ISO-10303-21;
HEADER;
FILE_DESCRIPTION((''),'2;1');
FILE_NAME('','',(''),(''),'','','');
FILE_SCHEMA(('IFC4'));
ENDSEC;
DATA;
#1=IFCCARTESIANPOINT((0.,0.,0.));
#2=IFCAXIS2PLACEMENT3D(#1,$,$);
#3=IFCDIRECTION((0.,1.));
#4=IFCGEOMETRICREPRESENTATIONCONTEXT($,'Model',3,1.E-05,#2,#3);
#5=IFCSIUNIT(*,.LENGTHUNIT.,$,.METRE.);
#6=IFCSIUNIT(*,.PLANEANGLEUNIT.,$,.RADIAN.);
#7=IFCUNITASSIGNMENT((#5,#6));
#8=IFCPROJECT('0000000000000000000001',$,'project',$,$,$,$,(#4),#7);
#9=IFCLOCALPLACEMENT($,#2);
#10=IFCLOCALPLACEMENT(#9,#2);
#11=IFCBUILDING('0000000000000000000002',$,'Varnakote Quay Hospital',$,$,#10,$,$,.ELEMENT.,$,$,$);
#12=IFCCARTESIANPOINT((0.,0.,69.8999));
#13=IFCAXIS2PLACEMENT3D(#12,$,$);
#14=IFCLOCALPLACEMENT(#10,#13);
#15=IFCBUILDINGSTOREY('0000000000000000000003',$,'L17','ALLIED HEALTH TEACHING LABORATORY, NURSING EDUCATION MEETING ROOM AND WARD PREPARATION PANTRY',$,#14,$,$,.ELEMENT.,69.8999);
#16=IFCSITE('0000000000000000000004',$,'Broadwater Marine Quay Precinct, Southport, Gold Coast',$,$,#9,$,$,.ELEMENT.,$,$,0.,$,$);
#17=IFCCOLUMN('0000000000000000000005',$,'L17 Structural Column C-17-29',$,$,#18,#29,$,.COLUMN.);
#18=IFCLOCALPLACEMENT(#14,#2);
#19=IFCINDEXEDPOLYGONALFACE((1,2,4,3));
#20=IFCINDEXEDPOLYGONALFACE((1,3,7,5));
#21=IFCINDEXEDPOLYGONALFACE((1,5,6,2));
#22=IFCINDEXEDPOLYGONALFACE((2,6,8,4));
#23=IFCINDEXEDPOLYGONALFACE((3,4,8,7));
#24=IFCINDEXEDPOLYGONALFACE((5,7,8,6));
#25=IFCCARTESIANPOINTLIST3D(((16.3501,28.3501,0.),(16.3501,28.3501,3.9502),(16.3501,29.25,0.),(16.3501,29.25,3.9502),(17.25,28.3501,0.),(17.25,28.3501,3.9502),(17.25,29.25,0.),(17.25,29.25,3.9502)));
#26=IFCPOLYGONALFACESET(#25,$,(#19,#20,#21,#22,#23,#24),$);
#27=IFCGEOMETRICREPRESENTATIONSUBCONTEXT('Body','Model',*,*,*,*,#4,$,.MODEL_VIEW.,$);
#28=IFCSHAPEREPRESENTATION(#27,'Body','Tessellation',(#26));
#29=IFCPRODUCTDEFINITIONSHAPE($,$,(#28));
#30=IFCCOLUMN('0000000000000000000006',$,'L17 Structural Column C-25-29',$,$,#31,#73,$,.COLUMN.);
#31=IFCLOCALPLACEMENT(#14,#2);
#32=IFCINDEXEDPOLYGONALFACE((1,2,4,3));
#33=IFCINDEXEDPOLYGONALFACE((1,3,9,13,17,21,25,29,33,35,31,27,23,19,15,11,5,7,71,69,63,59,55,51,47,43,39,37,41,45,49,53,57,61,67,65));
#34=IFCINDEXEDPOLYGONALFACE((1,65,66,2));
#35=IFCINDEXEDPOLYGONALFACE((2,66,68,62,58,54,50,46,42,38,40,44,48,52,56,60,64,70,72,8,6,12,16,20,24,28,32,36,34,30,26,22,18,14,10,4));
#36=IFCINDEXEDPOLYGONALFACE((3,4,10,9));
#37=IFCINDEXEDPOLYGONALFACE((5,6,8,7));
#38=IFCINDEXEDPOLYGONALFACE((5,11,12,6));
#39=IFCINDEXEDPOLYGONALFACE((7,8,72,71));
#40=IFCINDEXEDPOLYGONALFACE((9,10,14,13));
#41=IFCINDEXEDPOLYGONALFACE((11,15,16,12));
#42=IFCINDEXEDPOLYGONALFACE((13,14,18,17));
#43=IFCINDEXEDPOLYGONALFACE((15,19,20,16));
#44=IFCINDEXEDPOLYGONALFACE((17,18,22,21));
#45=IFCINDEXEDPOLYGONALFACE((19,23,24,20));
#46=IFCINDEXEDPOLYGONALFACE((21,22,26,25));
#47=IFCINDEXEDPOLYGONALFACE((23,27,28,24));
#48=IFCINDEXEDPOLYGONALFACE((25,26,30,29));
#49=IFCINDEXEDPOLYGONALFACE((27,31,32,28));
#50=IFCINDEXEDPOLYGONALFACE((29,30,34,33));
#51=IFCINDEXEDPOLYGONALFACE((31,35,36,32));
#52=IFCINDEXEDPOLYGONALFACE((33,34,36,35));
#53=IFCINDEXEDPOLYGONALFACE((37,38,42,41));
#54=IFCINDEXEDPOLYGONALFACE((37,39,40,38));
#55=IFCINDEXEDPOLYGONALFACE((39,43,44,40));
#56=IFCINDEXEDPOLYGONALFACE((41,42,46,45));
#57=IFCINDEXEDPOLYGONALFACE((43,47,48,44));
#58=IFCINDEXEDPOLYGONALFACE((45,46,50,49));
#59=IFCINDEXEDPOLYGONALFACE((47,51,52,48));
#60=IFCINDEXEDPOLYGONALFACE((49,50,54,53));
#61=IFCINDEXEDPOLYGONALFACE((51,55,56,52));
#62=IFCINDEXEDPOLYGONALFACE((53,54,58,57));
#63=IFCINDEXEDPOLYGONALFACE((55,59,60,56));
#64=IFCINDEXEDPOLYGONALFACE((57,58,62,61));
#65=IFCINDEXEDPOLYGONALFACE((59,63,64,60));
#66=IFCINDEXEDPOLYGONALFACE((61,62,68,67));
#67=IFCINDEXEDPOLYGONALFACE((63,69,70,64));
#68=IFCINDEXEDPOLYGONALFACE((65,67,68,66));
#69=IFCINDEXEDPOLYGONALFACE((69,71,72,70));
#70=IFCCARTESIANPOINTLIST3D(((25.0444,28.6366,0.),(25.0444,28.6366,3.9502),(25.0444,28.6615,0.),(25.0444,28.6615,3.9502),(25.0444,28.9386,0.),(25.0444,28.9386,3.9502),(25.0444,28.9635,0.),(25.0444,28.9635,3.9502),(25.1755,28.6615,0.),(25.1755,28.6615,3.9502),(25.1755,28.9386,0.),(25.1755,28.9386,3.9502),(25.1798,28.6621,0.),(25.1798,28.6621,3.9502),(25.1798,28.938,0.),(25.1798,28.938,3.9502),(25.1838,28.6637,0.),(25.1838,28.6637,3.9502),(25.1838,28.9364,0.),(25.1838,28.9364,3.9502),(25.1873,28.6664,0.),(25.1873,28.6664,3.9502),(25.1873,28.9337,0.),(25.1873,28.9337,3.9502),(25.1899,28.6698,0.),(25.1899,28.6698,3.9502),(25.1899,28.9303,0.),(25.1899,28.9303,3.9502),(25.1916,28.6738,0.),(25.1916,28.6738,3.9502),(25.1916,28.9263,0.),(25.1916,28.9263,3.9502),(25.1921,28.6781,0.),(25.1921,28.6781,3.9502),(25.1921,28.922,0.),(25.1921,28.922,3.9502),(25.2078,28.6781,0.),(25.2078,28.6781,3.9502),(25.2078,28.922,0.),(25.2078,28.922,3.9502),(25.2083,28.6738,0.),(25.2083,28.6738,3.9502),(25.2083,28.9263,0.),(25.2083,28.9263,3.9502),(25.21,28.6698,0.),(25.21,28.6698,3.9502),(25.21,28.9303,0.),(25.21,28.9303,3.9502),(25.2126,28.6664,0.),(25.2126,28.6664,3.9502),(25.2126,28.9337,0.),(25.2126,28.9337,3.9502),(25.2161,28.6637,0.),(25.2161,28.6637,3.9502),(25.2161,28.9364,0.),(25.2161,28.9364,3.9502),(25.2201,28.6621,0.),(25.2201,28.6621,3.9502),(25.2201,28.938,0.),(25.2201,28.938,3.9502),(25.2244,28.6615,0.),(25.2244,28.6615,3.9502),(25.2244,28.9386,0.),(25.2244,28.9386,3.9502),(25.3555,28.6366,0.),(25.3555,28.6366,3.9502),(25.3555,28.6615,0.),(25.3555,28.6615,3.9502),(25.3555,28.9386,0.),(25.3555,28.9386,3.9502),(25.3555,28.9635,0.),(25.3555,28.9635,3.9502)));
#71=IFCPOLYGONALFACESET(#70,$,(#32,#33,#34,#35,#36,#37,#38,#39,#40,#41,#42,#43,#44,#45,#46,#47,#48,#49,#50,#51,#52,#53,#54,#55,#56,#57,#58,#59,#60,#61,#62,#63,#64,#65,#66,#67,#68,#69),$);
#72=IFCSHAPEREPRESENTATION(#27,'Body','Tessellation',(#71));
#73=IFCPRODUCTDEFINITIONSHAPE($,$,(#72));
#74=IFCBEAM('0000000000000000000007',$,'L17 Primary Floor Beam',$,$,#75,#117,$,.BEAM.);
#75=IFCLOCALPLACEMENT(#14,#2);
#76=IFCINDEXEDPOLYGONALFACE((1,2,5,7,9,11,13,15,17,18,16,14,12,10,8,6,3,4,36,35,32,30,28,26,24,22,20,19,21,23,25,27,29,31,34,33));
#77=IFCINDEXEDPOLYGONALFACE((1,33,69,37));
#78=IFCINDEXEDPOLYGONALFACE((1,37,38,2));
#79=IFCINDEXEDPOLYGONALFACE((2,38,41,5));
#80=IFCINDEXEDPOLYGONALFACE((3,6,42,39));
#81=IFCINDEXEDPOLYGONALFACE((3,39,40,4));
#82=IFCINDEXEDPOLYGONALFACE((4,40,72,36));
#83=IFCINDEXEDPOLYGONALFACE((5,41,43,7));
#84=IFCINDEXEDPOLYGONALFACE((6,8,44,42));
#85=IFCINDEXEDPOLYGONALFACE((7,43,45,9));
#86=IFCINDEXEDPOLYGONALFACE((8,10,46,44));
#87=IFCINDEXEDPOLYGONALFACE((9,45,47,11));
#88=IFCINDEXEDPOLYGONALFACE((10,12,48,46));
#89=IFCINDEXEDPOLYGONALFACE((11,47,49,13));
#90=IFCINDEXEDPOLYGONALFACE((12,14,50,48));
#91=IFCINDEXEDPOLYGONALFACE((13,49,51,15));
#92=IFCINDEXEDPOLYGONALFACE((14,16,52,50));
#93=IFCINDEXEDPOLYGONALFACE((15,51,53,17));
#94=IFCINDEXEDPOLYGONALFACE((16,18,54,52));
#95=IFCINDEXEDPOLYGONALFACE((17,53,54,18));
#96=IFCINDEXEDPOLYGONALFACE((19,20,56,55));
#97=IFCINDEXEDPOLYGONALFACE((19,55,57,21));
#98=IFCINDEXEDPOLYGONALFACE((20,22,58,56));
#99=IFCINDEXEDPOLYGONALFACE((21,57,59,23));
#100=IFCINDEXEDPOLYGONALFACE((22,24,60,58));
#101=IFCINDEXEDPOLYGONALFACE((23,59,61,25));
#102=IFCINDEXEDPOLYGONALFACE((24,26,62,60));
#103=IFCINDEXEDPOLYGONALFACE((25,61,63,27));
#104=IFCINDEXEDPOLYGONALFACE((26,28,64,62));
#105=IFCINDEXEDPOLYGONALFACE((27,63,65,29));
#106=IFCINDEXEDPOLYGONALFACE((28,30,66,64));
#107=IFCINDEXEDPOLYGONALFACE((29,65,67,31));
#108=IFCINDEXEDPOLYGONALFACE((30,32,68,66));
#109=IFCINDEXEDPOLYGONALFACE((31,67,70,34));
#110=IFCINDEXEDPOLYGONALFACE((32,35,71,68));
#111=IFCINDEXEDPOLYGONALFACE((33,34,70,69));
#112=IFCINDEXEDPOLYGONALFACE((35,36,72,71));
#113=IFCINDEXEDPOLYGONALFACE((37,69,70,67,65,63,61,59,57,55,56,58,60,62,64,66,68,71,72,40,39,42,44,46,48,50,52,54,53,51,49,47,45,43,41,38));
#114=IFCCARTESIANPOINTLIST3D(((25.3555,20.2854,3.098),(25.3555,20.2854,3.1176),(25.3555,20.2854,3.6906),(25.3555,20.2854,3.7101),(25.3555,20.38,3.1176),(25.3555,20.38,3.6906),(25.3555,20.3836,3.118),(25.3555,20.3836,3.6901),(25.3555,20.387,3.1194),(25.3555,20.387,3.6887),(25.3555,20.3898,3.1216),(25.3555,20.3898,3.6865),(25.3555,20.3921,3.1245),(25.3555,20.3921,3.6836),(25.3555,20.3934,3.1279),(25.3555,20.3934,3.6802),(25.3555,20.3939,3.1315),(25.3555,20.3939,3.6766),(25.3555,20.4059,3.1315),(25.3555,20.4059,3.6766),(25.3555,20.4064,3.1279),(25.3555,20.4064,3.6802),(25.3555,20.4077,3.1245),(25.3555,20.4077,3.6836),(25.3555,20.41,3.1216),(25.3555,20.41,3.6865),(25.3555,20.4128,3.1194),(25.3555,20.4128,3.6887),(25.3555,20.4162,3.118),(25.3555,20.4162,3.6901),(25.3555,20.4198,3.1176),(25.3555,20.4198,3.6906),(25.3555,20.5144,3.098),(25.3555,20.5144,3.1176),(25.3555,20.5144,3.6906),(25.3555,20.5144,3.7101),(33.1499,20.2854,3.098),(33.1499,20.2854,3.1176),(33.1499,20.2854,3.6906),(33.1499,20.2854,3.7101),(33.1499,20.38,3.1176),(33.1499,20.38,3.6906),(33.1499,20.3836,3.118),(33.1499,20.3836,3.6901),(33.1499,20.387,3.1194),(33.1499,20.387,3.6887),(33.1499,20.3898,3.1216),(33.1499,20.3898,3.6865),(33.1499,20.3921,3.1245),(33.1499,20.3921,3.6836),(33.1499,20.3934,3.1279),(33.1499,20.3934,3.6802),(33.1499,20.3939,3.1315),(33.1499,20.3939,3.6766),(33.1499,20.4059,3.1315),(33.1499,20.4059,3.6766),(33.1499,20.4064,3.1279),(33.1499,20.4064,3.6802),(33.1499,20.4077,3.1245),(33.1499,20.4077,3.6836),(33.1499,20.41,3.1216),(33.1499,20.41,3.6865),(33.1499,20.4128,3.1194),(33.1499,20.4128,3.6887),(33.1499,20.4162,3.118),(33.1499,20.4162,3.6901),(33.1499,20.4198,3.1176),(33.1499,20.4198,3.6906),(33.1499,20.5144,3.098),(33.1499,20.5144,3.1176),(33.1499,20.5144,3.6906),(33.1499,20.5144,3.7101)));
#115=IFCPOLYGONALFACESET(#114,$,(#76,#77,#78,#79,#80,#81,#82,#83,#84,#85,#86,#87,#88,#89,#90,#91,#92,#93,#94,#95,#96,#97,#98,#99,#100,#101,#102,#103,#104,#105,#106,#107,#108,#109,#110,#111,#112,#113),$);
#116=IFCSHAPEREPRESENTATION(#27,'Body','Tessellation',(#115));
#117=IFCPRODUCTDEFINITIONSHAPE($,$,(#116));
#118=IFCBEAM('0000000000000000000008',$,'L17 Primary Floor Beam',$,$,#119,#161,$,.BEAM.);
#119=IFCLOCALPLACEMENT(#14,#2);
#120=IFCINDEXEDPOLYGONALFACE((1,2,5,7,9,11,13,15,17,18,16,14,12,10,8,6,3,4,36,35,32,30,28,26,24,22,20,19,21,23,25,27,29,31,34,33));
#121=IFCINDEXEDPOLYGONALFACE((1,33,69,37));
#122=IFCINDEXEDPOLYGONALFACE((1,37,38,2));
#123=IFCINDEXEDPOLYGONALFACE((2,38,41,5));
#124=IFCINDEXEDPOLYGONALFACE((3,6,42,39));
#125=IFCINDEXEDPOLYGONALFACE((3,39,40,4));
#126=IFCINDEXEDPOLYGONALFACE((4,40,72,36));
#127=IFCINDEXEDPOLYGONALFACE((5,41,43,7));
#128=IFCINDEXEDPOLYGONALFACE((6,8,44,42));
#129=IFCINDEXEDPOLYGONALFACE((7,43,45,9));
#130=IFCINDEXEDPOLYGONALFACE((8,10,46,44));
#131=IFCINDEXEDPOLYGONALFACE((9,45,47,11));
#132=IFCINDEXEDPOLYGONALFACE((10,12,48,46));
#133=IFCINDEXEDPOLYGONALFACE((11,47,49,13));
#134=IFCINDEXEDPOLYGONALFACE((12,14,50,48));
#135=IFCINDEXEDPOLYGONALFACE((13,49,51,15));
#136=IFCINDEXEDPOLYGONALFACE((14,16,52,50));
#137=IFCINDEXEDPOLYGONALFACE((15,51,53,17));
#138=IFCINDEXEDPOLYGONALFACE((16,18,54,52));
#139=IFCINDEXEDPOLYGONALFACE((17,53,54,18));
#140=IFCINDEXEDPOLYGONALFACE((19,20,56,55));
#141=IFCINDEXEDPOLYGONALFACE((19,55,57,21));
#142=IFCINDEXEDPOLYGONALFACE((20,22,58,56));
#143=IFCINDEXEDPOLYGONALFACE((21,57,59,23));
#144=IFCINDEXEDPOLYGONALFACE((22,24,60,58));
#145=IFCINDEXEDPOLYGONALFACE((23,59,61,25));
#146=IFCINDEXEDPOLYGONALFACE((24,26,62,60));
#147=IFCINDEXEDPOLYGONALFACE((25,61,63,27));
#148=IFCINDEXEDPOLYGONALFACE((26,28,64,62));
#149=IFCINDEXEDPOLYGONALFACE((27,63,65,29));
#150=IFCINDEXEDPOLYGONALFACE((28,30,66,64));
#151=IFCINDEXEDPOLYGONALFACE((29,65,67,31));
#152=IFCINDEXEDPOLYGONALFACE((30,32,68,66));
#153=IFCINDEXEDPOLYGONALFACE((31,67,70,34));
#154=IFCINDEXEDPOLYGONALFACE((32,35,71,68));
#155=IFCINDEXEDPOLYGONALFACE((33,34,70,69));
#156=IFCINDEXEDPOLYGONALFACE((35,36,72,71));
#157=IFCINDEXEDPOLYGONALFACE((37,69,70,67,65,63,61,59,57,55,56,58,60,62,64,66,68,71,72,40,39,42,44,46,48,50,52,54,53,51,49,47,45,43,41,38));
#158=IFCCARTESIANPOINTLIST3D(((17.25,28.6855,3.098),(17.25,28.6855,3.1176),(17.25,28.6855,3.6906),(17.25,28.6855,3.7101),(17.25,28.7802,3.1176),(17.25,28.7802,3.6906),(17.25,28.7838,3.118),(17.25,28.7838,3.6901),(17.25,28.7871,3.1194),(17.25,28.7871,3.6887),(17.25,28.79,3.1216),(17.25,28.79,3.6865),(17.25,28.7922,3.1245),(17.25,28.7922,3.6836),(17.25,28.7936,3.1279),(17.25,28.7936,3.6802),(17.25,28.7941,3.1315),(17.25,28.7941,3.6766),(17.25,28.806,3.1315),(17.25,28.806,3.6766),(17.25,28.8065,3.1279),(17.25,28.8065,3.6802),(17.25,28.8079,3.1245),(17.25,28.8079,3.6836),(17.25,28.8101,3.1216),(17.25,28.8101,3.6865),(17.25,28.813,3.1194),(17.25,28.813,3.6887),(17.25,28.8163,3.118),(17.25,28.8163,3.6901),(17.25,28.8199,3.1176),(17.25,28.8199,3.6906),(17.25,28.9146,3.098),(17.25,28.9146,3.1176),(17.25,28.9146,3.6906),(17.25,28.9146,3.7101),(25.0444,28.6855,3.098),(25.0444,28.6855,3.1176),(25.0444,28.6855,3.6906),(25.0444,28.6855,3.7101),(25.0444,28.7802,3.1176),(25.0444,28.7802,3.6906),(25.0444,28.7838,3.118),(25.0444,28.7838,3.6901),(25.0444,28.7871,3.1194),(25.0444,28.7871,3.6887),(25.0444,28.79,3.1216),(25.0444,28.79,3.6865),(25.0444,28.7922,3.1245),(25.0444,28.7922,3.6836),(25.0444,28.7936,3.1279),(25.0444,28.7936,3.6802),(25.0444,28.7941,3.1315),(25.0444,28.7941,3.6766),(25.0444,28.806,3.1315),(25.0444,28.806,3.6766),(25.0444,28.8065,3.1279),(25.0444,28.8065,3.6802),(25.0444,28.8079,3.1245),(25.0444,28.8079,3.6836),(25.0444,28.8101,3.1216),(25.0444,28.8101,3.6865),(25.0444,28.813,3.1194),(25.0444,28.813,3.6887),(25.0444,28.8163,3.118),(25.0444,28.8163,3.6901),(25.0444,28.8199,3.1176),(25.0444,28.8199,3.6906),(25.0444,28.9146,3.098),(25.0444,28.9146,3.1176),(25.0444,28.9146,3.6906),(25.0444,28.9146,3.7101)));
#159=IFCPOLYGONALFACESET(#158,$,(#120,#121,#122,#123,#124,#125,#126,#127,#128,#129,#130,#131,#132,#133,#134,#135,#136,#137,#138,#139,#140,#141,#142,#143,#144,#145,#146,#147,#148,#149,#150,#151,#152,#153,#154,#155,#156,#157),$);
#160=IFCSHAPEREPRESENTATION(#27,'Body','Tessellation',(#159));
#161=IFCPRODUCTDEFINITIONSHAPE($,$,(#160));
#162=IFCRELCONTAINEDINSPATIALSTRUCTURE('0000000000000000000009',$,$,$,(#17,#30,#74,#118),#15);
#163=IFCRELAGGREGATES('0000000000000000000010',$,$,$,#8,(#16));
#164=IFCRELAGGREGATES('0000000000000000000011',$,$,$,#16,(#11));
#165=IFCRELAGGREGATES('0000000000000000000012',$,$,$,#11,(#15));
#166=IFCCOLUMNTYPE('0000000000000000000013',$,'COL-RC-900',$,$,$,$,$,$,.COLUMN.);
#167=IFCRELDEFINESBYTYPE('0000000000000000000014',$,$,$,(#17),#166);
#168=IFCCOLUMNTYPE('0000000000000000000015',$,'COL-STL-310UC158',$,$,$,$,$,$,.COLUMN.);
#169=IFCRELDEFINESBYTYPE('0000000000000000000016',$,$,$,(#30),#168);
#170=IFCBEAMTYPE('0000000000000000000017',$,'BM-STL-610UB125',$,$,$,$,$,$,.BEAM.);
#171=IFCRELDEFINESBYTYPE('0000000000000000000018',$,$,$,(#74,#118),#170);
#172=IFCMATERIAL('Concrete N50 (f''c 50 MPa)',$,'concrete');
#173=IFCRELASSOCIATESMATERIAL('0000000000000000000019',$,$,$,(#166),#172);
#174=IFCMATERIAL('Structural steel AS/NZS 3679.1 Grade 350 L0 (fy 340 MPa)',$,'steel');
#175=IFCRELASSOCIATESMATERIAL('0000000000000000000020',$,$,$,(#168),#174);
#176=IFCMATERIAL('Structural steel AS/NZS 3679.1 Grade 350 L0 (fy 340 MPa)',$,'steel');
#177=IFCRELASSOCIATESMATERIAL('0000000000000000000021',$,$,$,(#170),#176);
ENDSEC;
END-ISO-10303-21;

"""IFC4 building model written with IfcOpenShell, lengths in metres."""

from ifc_helpers import new_model, si_unit, direction, frame, origin, origin_2d, place, context, subcontext, project, spatial, rectangle, i_section, extrude, material, material_profile, profile_set, type_object, element, save


model = new_model("IFC4")

# Units and contexts
model_context = context("Model", 3, precision=1e-05, world=origin(), true_north=direction((0.0, 1.0)))
body_context = subcontext(model_context, "Body", "Model", "MODEL_VIEW")
ifc_project = project(units=[si_unit("LENGTHUNIT", "METRE"), si_unit("PLANEANGLEUNIT", "RADIAN")], contexts=[model_context])

# Site, building, storey
site_placement = place(None, origin())
site = spatial("IfcSite", under=ifc_project, at=site_placement, Name="Broadwater Marine Quay Precinct, Southport, Gold Coast", CompositionType="ELEMENT", RefElevation=0.0)
building_placement = place(site_placement, origin())
building = spatial("IfcBuilding", under=site, at=building_placement, Name="Varnakote Quay Hospital", CompositionType="ELEMENT")
storey_placement = place(building_placement, frame((0.0, 0.0, 69.8999)))
storey = spatial("IfcBuildingStorey", under=building, at=storey_placement, Name="L17", Description="ALLIED HEALTH TEACHING LABORATORY, NURSING EDUCATION MEETING ROOM AND WARD PREPARATION PANTRY", CompositionType="ELEMENT", Elevation=69.8999)

# Columns
ifc_material_1 = material(Name="Concrete N50 (f'c 50 MPa)", Category="concrete")
ifc_material_profile_1 = material_profile(ifc_material_1, rectangle(XDim=0.8999, YDim=0.8999, at=origin_2d()), Name="RC-COL-900x900")
ifc_profile_set_1 = profile_set([ifc_material_profile_1], Name="Concrete N50 (f'c 50 MPa)")
column_type_1 = type_object("IfcColumnType", Name="COL-RC-900", PredefinedType="COLUMN", material=ifc_profile_set_1)
column_1_placement = place(storey_placement, frame((16.8, 28.8, 0.0), z_axis=(0.0, 0.0, 1.0), x_axis=(1.0, 0.0, 0.0)))
element("IfcColumn", 1, at=column_1_placement, inside=storey, type_object=column_type_1, Name="L17 Structural Column C-17-29", PredefinedType="COLUMN", context=body_context, shape_type="SweptSolid", body=[
    extrude(rectangle(XDim=0.8999, YDim=0.8999, at=origin_2d()), origin(), (0.0, 0.0, 1.0), 3.9502),
])
ifc_material_2 = material(Name="Structural steel AS/NZS 3679.1 Grade 350 L0 (fy 340 MPa)", Category="steel")
ifc_material_profile_2 = material_profile(ifc_material_2, i_section(OverallWidth=0.311, OverallDepth=0.3269, WebThickness=0.0156, FlangeThickness=0.0249, FilletRadius=0.0166, at=origin_2d()), Name="310UC158")
ifc_profile_set_2 = profile_set([ifc_material_profile_2], Name="Structural steel AS/NZS 3679.1 Grade 350 L0 (fy 340 MPa)")
column_type_2 = type_object("IfcColumnType", Name="COL-STL-310UC158", PredefinedType="COLUMN", material=ifc_profile_set_2)
column_2_placement = place(storey_placement, frame((25.2, 28.8, 0.0), z_axis=(0.0, 0.0, 1.0), x_axis=(1.0, 0.0, 0.0)))
element("IfcColumn", 2, at=column_2_placement, inside=storey, type_object=column_type_2, Name="L17 Structural Column C-25-29", PredefinedType="COLUMN", context=body_context, shape_type="SweptSolid", body=[
    extrude(i_section(OverallWidth=0.311, OverallDepth=0.3269, WebThickness=0.0156, FlangeThickness=0.0249, FilletRadius=0.0166, at=origin_2d()), origin(), (0.0, 0.0, 1.0), 3.9502),
])

# Beams
ifc_material_3 = material(Name="Structural steel AS/NZS 3679.1 Grade 350 L0 (fy 340 MPa)", Category="steel")
ifc_material_profile_3 = material_profile(ifc_material_3, i_section(OverallWidth=0.229, OverallDepth=0.6121, WebThickness=0.012, FlangeThickness=0.0195, FilletRadius=0.0139, at=origin_2d()), Name="610UB125")
ifc_profile_set_3 = profile_set([ifc_material_profile_3], Name="Structural steel AS/NZS 3679.1 Grade 350 L0 (fy 340 MPa)")
beam_type_1 = type_object("IfcBeamType", Name="BM-STL-610UB125", PredefinedType="BEAM", material=ifc_profile_set_3)
for number, where, z_axis, x_axis, name in (
    (3, (25.3555, 20.3999, 3.4041), (1.0, 0.0, 0.0), (0.0, 1.0, 0.0), "L17 Primary Floor Beam"),
    (4, (17.25, 28.8, 3.4041), (1.0, 0.0, 0.0), (0.0, 1.0, 0.0), "L17 Primary Floor Beam"),
):
    element("IfcBeam", number, at=place(storey_placement, frame(where, z_axis=z_axis, x_axis=x_axis)), inside=storey, type_object=beam_type_1, Name=name, PredefinedType="BEAM", context=body_context, shape_type="SweptSolid", body=[
        extrude(i_section(OverallWidth=0.229, OverallDepth=0.6121, WebThickness=0.012, FlangeThickness=0.0195, FilletRadius=0.0139, at=origin_2d()), origin(), (0.0, 0.0, 1.0), 7.7944),
    ])

save(model, "model.ifc")
